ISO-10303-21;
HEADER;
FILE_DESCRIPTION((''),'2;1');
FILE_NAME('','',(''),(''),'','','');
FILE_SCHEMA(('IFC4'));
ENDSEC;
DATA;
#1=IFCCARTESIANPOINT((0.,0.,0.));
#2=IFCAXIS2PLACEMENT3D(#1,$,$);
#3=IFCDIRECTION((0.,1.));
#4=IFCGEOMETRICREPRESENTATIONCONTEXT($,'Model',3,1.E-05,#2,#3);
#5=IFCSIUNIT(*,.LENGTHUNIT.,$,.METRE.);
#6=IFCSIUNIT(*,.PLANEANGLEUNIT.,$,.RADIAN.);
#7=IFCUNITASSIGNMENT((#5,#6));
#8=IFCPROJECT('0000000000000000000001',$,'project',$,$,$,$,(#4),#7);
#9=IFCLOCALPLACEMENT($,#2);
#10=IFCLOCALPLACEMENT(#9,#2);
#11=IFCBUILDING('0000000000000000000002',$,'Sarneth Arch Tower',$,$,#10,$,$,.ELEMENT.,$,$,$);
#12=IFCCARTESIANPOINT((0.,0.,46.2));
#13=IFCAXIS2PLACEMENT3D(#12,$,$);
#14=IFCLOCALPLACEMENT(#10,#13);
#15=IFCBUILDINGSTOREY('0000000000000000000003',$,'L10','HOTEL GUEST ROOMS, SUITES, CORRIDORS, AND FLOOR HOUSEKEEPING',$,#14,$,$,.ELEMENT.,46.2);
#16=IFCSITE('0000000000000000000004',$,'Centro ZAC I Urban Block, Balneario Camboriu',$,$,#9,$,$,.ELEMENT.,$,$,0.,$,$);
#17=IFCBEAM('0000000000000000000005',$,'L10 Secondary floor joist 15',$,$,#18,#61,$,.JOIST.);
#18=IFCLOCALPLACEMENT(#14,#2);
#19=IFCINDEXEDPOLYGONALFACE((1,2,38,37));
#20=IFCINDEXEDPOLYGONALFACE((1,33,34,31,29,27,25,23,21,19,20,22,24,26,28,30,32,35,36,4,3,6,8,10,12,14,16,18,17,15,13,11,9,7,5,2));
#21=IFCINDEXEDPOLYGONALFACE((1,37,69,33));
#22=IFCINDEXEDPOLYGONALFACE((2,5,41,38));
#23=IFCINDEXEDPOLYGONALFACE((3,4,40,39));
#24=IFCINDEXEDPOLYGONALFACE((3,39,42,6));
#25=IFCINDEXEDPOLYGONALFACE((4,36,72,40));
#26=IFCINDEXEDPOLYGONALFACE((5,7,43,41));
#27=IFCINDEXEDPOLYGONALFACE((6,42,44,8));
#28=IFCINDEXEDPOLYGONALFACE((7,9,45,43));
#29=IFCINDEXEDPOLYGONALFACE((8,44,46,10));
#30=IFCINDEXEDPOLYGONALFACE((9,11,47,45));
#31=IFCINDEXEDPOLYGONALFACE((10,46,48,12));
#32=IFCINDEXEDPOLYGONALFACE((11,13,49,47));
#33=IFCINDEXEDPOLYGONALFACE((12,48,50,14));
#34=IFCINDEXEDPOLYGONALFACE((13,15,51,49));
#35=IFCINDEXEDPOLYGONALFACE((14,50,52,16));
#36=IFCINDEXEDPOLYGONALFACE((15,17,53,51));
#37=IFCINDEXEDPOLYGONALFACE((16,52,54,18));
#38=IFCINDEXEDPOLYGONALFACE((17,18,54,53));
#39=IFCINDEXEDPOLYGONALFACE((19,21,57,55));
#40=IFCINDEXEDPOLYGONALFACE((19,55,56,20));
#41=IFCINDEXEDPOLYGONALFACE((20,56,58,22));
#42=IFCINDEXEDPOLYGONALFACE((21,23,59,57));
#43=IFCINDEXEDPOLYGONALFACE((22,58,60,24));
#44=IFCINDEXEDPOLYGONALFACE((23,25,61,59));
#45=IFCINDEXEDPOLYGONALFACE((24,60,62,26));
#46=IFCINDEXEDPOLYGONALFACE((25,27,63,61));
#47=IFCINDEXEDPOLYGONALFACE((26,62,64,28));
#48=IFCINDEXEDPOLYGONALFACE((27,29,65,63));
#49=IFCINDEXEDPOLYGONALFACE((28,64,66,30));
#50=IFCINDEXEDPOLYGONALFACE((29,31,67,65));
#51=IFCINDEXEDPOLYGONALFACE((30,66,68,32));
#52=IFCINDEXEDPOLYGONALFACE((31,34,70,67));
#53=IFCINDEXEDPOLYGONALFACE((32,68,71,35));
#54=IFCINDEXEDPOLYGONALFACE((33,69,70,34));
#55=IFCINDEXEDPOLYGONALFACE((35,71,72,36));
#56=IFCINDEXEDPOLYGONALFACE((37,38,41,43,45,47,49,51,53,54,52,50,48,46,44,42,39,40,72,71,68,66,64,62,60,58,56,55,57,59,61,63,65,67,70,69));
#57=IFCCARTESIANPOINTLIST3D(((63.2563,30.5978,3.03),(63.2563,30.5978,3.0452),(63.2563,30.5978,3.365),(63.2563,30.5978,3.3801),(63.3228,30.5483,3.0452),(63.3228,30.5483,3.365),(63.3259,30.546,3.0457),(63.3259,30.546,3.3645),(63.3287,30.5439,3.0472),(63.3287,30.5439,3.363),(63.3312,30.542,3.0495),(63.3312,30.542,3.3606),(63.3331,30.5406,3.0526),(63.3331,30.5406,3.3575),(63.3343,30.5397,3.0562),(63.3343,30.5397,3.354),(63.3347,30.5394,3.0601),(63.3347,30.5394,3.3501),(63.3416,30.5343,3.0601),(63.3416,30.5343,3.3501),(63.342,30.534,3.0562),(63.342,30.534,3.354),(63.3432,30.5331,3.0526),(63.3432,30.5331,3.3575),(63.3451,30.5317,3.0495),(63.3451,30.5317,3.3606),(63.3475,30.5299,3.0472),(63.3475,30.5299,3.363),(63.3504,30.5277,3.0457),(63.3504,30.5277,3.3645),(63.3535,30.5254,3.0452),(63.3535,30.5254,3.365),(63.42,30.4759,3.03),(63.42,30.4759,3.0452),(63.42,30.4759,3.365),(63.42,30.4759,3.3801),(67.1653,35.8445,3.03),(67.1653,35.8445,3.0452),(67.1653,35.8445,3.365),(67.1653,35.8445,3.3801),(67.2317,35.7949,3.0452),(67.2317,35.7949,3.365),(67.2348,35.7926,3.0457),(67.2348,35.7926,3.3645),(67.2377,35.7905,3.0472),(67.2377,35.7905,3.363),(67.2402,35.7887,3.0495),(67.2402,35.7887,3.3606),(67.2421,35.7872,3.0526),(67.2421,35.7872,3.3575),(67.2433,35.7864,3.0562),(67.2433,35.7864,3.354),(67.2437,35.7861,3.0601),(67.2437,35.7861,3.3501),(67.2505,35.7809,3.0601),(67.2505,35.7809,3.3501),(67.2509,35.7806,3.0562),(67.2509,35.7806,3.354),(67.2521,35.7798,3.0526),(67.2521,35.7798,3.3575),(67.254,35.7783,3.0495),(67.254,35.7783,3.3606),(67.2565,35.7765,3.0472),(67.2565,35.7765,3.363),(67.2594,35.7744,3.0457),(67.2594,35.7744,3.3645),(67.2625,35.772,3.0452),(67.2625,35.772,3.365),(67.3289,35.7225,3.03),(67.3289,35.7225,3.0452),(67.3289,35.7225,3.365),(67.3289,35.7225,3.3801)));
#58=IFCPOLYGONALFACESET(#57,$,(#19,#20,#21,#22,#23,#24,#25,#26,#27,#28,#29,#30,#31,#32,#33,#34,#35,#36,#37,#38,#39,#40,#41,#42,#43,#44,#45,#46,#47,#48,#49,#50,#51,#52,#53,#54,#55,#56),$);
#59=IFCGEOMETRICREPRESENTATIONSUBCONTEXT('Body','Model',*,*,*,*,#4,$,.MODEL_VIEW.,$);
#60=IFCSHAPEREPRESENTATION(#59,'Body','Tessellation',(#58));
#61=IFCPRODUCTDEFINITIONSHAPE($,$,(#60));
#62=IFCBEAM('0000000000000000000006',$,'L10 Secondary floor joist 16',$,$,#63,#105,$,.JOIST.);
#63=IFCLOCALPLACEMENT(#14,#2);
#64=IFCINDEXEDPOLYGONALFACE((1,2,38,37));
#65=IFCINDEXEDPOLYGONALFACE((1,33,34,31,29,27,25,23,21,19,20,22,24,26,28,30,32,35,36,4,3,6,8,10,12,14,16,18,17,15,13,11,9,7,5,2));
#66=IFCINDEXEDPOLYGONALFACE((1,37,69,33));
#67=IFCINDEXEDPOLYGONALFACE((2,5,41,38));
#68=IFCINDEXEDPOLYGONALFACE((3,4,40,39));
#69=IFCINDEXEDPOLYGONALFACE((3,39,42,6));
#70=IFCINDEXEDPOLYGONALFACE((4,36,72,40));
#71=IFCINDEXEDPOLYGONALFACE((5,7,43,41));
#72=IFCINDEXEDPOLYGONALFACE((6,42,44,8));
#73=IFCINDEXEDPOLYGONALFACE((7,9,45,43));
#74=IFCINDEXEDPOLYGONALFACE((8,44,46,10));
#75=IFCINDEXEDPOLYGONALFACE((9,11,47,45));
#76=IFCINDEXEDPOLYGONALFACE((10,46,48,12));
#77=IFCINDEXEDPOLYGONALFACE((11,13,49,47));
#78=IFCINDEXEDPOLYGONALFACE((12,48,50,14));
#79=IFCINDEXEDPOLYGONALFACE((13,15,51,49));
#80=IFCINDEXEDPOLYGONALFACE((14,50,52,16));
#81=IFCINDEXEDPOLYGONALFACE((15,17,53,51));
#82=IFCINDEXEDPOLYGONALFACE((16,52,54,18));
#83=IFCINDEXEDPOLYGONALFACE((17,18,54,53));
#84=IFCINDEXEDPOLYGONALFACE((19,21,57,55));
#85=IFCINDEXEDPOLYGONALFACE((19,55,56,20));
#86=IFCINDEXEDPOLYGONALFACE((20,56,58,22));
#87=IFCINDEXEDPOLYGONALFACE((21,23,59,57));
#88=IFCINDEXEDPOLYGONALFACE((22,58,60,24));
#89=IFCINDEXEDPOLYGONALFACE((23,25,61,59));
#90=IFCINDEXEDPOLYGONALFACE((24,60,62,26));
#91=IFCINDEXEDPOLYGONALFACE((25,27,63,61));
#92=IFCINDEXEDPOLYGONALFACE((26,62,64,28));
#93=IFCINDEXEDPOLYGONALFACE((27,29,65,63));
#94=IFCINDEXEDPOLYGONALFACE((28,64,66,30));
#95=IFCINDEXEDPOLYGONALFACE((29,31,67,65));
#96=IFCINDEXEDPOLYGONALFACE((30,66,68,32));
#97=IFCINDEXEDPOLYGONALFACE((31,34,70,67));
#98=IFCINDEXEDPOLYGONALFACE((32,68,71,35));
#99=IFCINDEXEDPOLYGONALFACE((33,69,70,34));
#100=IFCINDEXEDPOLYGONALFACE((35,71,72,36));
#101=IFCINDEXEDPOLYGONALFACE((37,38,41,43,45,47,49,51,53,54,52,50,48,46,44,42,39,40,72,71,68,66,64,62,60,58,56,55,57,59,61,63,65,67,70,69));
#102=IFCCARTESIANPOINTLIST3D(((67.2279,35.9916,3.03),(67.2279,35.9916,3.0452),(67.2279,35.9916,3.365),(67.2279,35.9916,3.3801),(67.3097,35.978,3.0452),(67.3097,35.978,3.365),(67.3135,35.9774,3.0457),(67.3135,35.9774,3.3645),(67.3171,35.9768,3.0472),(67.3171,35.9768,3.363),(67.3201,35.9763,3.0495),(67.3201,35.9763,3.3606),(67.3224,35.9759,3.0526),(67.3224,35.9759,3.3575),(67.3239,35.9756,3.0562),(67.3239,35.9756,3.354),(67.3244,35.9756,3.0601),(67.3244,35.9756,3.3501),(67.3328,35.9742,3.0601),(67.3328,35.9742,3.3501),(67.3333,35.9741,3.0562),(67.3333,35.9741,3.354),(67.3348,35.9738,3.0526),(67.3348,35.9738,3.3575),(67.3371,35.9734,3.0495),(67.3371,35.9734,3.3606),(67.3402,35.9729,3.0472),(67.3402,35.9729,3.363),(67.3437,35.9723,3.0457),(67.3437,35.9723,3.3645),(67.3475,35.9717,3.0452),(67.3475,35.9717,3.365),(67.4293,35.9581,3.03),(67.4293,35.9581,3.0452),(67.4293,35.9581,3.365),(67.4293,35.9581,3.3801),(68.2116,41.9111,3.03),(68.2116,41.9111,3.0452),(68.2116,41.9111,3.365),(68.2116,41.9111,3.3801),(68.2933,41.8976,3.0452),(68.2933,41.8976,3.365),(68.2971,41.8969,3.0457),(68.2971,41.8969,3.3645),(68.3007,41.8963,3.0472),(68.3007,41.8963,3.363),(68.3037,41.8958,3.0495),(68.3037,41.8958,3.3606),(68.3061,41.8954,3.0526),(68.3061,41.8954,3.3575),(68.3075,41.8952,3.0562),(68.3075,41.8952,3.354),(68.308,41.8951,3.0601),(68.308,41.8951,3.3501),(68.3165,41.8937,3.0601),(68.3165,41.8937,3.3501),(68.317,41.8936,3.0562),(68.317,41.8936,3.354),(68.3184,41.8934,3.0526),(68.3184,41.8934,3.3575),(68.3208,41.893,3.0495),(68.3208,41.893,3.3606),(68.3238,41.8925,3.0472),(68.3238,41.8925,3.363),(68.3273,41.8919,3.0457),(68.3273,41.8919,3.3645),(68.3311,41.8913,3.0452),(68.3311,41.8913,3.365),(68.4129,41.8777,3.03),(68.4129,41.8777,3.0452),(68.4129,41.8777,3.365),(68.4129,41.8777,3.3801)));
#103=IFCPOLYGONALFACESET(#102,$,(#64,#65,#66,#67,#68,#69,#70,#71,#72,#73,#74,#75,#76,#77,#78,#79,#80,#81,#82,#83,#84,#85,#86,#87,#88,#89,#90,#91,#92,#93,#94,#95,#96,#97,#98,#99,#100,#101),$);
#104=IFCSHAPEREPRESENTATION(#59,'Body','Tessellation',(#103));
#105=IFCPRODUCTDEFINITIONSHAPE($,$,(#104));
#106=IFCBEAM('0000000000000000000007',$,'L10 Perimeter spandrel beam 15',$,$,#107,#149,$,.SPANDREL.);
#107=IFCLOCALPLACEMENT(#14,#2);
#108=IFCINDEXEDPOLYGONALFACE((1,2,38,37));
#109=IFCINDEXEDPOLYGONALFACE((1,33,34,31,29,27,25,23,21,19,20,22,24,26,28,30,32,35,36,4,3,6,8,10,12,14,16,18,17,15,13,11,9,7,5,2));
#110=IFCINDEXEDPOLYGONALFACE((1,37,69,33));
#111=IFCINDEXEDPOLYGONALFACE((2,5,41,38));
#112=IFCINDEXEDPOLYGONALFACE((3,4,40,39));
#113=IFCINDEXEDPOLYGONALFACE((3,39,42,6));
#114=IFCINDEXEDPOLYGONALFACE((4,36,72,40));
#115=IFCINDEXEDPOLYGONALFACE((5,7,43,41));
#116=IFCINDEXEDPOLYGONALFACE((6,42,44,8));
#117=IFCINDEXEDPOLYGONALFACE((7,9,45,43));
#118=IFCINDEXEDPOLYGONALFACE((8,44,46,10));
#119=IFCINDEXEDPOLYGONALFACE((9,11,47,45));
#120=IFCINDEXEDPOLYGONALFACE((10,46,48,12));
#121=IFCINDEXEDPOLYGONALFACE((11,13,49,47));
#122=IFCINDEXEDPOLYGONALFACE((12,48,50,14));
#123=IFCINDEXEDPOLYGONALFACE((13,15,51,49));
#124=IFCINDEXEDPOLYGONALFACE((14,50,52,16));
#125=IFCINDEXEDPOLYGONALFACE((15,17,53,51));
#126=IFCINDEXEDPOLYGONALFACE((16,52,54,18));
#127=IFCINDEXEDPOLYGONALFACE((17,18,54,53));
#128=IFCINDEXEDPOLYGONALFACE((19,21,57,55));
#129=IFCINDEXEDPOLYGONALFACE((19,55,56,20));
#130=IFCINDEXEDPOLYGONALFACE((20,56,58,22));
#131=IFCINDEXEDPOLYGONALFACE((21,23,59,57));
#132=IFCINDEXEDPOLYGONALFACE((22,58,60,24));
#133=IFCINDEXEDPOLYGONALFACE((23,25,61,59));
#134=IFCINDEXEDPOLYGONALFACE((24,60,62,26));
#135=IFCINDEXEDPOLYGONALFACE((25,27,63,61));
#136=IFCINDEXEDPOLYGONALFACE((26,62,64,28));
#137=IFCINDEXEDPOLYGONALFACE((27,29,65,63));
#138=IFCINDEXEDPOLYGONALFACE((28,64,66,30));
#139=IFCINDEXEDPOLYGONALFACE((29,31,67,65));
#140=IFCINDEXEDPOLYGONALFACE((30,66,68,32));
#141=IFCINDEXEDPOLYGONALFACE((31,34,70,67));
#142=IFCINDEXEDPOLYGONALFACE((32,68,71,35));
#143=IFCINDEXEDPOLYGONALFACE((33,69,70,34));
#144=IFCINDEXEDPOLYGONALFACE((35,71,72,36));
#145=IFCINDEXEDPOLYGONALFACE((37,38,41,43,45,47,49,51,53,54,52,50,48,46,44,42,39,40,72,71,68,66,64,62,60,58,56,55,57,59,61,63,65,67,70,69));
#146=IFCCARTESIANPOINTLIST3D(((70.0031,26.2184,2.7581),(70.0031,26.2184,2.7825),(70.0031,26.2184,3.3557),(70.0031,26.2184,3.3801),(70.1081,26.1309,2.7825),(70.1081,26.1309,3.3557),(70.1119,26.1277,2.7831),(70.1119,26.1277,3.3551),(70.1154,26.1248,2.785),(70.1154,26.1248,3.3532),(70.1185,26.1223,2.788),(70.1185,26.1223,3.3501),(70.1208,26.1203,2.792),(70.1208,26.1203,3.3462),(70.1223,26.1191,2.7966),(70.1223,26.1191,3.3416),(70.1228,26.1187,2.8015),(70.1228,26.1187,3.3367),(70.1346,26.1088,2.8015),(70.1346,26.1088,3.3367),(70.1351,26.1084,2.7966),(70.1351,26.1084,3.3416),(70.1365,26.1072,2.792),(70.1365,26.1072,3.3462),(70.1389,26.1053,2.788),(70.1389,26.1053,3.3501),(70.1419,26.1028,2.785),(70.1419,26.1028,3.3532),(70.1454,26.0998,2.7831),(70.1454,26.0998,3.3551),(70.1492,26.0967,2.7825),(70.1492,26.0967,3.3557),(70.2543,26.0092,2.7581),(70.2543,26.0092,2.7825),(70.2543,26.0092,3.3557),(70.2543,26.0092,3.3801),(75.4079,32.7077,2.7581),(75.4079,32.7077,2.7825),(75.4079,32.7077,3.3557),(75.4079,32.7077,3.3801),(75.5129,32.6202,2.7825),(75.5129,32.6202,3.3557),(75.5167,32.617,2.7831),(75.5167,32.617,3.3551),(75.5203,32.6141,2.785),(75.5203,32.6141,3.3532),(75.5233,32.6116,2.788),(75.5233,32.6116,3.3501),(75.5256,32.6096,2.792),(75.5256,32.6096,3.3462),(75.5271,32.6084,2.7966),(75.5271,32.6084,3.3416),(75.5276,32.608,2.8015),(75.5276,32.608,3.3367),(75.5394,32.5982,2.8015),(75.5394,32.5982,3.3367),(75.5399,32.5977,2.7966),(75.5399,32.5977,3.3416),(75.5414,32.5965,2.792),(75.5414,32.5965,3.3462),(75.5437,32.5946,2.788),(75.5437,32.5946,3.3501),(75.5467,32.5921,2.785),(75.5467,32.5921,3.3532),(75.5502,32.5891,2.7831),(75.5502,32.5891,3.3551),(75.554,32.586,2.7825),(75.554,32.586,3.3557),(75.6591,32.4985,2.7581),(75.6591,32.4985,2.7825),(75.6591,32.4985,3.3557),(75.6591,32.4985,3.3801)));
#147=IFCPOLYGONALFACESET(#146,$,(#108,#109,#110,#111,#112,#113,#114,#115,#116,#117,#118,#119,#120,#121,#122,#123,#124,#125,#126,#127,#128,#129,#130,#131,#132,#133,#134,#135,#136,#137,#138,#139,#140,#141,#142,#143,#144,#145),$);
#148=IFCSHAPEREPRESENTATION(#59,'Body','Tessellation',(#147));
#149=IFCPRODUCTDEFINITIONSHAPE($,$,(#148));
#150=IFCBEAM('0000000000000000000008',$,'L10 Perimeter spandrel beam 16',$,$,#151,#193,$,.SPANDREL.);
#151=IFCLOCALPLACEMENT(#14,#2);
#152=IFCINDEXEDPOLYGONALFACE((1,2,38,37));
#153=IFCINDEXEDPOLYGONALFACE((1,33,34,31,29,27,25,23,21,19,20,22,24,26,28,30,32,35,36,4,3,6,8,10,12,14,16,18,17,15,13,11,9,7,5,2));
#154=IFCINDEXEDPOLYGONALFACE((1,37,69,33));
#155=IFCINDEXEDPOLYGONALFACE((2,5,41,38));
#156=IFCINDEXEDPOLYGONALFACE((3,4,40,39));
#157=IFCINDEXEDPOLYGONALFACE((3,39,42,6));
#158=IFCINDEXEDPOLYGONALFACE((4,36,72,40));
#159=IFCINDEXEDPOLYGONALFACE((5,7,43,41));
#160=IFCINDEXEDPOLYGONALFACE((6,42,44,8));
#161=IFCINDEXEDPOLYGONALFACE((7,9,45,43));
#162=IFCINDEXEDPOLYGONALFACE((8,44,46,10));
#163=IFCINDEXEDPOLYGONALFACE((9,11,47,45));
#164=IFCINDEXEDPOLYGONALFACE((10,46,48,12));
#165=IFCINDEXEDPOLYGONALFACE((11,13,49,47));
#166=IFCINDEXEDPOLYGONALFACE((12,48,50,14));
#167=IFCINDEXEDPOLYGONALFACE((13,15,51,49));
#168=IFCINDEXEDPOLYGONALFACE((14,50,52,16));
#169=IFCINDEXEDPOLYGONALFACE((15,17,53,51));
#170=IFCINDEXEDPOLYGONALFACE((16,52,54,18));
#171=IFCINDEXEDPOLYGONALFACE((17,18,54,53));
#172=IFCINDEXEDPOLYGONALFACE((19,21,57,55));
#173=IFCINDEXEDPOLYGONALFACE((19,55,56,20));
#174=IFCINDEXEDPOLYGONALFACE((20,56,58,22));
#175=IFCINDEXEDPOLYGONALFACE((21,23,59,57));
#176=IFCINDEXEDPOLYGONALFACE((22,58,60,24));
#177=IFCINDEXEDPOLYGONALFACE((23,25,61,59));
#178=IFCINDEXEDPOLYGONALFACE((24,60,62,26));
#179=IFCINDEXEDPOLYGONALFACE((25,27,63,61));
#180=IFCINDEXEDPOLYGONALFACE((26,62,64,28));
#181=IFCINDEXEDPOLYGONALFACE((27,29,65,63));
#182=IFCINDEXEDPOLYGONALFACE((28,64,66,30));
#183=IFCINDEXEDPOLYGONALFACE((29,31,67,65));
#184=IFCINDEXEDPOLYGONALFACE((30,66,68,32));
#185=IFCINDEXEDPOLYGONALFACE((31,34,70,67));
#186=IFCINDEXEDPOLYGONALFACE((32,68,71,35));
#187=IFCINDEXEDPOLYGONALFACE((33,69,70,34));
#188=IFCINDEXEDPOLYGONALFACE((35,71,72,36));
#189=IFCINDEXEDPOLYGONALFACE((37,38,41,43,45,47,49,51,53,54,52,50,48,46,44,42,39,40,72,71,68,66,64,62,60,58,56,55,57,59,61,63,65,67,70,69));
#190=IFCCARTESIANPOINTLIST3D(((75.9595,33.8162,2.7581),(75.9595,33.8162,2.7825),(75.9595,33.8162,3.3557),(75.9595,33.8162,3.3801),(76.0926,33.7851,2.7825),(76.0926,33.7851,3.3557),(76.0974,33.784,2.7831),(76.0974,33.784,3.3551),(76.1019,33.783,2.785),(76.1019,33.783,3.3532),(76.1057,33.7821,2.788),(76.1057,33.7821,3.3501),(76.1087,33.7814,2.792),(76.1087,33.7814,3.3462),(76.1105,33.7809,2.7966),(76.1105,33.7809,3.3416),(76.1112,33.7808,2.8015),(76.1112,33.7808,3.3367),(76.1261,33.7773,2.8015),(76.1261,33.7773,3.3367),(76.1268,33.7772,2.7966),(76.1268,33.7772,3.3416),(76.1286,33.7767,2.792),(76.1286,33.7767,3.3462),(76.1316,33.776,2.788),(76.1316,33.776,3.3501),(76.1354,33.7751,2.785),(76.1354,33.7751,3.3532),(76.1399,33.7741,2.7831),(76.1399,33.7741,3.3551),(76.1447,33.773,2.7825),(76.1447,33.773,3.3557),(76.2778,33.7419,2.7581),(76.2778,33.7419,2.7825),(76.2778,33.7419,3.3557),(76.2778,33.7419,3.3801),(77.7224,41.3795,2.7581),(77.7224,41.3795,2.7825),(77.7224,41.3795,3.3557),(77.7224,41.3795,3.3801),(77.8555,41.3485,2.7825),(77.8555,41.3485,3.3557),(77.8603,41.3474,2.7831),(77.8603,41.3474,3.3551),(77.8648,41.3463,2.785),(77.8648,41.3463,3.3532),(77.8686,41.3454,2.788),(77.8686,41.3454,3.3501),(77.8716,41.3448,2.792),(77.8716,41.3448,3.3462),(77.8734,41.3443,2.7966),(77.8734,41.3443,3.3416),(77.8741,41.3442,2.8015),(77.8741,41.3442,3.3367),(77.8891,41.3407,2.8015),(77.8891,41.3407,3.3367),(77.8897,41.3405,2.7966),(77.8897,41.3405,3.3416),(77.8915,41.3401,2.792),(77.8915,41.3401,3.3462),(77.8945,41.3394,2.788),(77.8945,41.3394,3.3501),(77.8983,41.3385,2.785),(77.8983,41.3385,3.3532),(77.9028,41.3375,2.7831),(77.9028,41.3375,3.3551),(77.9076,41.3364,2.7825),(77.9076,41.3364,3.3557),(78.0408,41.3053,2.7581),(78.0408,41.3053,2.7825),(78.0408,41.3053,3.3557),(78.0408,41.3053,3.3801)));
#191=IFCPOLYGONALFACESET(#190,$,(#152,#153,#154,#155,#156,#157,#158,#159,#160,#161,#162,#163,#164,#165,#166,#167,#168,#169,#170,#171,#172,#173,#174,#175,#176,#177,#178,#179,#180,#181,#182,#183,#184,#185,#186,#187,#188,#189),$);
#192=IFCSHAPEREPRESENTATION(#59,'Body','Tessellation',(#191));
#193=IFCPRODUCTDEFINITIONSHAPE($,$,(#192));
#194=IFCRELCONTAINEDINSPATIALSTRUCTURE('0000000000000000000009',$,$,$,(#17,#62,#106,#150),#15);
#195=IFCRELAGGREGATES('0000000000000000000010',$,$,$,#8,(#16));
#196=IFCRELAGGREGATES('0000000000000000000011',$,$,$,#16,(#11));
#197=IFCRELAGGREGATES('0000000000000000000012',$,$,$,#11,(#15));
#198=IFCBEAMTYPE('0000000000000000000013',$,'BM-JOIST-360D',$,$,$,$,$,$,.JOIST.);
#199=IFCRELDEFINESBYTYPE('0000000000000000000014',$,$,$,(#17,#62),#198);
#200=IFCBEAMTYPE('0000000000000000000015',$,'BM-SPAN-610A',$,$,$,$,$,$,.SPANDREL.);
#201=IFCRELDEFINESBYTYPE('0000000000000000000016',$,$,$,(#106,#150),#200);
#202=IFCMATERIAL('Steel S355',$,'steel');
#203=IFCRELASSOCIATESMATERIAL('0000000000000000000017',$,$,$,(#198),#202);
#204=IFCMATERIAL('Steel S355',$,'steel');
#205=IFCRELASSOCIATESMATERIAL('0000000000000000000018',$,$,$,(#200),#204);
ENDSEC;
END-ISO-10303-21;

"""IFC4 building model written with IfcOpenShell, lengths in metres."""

from ifc_helpers import new_model, si_unit, direction, frame, origin, origin_2d, place, context, subcontext, project, spatial, i_section, extrude, material, material_profile, profile_set, type_object, element, save


model = new_model("IFC4")

# Units and contexts
model_context = context("Model", 3, precision=1e-05, world=origin(), true_north=direction((0.0, 1.0)))
body_context = subcontext(model_context, "Body", "Model", "MODEL_VIEW")
ifc_project = project(units=[si_unit("LENGTHUNIT", "METRE"), si_unit("PLANEANGLEUNIT", "RADIAN")], contexts=[model_context])

# Site, building, storey
site_placement = place(None, origin())
site = spatial("IfcSite", under=ifc_project, at=site_placement, Name="Centro ZAC I Urban Block, Balneario Camboriu", CompositionType="ELEMENT", RefElevation=0.0)
building_placement = place(site_placement, origin())
building = spatial("IfcBuilding", under=site, at=building_placement, Name="Sarneth Arch Tower", CompositionType="ELEMENT")
storey_placement = place(building_placement, frame((0.0, 0.0, 46.2)))
storey = spatial("IfcBuildingStorey", under=building, at=storey_placement, Name="L10", Description="HOTEL GUEST ROOMS, SUITES, CORRIDORS, AND FLOOR HOUSEKEEPING", CompositionType="ELEMENT", Elevation=46.2)

# Beams
ifc_material_1 = material(Name="Steel S355", Category="steel")
ifc_material_profile_1 = material_profile(ifc_material_1, i_section(OverallWidth=0.2041, OverallDepth=0.3501, WebThickness=0.0085, FlangeThickness=0.0151, FilletRadius=0.0149, at=origin_2d()), Name="W360x72")
ifc_profile_set_1 = profile_set([ifc_material_profile_1], Name="Steel S355")
beam_type_1 = type_object("IfcBeamType", Name="BM-JOIST-360D", PredefinedType="JOIST", material=ifc_profile_set_1)
beam_1_placement = place(storey_placement, frame((63.3381, 30.5369, 3.2051), z_axis=(0.597454, 0.801904, 0.0), x_axis=(-0.801904, 0.597454, 0.0)))
element("IfcBeam", 1, at=beam_1_placement, inside=storey, type_object=beam_type_1, Name="L10 Secondary floor joist 15", PredefinedType="JOIST", context=body_context, shape_type="SweptSolid", body=[
    extrude(i_section(OverallWidth=0.2041, OverallDepth=0.3501, WebThickness=0.0085, FlangeThickness=0.0151, FilletRadius=0.0149, at=origin_2d()), origin(), (0.0, 0.0, 1.0), 6.5427),
])
beam_2_placement = place(storey_placement, frame((67.3286, 35.9749, 3.2051), z_axis=(0.163917, 0.986474, 0.0), x_axis=(-0.986474, 0.163917, 0.0)))
element("IfcBeam", 2, at=beam_2_placement, inside=storey, type_object=beam_type_1, Name="L10 Secondary floor joist 16", PredefinedType="JOIST", context=body_context, shape_type="SweptSolid", body=[
    extrude(i_section(OverallWidth=0.2041, OverallDepth=0.3501, WebThickness=0.0085, FlangeThickness=0.0151, FilletRadius=0.0149, at=origin_2d()), origin(), (0.0, 0.0, 1.0), 6.0007),
])
ifc_material_2 = material(Name="Steel S355", Category="steel")
ifc_material_profile_2 = material_profile(ifc_material_2, i_section(OverallWidth=0.3269, OverallDepth=0.6221, WebThickness=0.0154, FlangeThickness=0.0244, FilletRadius=0.019, at=origin_2d()), Name="W610x195")
ifc_profile_set_2 = profile_set([ifc_material_profile_2], Name="Steel S355")
beam_type_2 = type_object("IfcBeamType", Name="BM-SPAN-610A", PredefinedType="SPANDREL", material=ifc_profile_set_2)
beam_3_placement = place(storey_placement, frame((70.1287, 26.1138, 3.0691), z_axis=(0.63998, 0.768392, 0.0), x_axis=(-0.768392, 0.63998, 0.0)))
element("IfcBeam", 3, at=beam_3_placement, inside=storey, type_object=beam_type_2, Name="L10 Perimeter spandrel beam 15", PredefinedType="SPANDREL", context=body_context, shape_type="SweptSolid", body=[
    extrude(i_section(OverallWidth=0.3269, OverallDepth=0.6221, WebThickness=0.0154, FlangeThickness=0.0244, FilletRadius=0.019, at=origin_2d()), origin(), (0.0, 0.0, 1.0), 8.4453),
])
beam_4_placement = place(storey_placement, frame((76.1187, 33.7791, 3.0691), z_axis=(0.227001, 0.973895, 0.0), x_axis=(-0.973895, 0.227001, 0.0)))
element("IfcBeam", 4, at=beam_4_placement, inside=storey, type_object=beam_type_2, Name="L10 Perimeter spandrel beam 16", PredefinedType="SPANDREL", context=body_context, shape_type="SweptSolid", body=[
    extrude(i_section(OverallWidth=0.3269, OverallDepth=0.6221, WebThickness=0.0154, FlangeThickness=0.0244, FilletRadius=0.019, at=origin_2d()), origin(), (0.0, 0.0, 1.0), 7.7661),
])

save(model, "model.ifc")
